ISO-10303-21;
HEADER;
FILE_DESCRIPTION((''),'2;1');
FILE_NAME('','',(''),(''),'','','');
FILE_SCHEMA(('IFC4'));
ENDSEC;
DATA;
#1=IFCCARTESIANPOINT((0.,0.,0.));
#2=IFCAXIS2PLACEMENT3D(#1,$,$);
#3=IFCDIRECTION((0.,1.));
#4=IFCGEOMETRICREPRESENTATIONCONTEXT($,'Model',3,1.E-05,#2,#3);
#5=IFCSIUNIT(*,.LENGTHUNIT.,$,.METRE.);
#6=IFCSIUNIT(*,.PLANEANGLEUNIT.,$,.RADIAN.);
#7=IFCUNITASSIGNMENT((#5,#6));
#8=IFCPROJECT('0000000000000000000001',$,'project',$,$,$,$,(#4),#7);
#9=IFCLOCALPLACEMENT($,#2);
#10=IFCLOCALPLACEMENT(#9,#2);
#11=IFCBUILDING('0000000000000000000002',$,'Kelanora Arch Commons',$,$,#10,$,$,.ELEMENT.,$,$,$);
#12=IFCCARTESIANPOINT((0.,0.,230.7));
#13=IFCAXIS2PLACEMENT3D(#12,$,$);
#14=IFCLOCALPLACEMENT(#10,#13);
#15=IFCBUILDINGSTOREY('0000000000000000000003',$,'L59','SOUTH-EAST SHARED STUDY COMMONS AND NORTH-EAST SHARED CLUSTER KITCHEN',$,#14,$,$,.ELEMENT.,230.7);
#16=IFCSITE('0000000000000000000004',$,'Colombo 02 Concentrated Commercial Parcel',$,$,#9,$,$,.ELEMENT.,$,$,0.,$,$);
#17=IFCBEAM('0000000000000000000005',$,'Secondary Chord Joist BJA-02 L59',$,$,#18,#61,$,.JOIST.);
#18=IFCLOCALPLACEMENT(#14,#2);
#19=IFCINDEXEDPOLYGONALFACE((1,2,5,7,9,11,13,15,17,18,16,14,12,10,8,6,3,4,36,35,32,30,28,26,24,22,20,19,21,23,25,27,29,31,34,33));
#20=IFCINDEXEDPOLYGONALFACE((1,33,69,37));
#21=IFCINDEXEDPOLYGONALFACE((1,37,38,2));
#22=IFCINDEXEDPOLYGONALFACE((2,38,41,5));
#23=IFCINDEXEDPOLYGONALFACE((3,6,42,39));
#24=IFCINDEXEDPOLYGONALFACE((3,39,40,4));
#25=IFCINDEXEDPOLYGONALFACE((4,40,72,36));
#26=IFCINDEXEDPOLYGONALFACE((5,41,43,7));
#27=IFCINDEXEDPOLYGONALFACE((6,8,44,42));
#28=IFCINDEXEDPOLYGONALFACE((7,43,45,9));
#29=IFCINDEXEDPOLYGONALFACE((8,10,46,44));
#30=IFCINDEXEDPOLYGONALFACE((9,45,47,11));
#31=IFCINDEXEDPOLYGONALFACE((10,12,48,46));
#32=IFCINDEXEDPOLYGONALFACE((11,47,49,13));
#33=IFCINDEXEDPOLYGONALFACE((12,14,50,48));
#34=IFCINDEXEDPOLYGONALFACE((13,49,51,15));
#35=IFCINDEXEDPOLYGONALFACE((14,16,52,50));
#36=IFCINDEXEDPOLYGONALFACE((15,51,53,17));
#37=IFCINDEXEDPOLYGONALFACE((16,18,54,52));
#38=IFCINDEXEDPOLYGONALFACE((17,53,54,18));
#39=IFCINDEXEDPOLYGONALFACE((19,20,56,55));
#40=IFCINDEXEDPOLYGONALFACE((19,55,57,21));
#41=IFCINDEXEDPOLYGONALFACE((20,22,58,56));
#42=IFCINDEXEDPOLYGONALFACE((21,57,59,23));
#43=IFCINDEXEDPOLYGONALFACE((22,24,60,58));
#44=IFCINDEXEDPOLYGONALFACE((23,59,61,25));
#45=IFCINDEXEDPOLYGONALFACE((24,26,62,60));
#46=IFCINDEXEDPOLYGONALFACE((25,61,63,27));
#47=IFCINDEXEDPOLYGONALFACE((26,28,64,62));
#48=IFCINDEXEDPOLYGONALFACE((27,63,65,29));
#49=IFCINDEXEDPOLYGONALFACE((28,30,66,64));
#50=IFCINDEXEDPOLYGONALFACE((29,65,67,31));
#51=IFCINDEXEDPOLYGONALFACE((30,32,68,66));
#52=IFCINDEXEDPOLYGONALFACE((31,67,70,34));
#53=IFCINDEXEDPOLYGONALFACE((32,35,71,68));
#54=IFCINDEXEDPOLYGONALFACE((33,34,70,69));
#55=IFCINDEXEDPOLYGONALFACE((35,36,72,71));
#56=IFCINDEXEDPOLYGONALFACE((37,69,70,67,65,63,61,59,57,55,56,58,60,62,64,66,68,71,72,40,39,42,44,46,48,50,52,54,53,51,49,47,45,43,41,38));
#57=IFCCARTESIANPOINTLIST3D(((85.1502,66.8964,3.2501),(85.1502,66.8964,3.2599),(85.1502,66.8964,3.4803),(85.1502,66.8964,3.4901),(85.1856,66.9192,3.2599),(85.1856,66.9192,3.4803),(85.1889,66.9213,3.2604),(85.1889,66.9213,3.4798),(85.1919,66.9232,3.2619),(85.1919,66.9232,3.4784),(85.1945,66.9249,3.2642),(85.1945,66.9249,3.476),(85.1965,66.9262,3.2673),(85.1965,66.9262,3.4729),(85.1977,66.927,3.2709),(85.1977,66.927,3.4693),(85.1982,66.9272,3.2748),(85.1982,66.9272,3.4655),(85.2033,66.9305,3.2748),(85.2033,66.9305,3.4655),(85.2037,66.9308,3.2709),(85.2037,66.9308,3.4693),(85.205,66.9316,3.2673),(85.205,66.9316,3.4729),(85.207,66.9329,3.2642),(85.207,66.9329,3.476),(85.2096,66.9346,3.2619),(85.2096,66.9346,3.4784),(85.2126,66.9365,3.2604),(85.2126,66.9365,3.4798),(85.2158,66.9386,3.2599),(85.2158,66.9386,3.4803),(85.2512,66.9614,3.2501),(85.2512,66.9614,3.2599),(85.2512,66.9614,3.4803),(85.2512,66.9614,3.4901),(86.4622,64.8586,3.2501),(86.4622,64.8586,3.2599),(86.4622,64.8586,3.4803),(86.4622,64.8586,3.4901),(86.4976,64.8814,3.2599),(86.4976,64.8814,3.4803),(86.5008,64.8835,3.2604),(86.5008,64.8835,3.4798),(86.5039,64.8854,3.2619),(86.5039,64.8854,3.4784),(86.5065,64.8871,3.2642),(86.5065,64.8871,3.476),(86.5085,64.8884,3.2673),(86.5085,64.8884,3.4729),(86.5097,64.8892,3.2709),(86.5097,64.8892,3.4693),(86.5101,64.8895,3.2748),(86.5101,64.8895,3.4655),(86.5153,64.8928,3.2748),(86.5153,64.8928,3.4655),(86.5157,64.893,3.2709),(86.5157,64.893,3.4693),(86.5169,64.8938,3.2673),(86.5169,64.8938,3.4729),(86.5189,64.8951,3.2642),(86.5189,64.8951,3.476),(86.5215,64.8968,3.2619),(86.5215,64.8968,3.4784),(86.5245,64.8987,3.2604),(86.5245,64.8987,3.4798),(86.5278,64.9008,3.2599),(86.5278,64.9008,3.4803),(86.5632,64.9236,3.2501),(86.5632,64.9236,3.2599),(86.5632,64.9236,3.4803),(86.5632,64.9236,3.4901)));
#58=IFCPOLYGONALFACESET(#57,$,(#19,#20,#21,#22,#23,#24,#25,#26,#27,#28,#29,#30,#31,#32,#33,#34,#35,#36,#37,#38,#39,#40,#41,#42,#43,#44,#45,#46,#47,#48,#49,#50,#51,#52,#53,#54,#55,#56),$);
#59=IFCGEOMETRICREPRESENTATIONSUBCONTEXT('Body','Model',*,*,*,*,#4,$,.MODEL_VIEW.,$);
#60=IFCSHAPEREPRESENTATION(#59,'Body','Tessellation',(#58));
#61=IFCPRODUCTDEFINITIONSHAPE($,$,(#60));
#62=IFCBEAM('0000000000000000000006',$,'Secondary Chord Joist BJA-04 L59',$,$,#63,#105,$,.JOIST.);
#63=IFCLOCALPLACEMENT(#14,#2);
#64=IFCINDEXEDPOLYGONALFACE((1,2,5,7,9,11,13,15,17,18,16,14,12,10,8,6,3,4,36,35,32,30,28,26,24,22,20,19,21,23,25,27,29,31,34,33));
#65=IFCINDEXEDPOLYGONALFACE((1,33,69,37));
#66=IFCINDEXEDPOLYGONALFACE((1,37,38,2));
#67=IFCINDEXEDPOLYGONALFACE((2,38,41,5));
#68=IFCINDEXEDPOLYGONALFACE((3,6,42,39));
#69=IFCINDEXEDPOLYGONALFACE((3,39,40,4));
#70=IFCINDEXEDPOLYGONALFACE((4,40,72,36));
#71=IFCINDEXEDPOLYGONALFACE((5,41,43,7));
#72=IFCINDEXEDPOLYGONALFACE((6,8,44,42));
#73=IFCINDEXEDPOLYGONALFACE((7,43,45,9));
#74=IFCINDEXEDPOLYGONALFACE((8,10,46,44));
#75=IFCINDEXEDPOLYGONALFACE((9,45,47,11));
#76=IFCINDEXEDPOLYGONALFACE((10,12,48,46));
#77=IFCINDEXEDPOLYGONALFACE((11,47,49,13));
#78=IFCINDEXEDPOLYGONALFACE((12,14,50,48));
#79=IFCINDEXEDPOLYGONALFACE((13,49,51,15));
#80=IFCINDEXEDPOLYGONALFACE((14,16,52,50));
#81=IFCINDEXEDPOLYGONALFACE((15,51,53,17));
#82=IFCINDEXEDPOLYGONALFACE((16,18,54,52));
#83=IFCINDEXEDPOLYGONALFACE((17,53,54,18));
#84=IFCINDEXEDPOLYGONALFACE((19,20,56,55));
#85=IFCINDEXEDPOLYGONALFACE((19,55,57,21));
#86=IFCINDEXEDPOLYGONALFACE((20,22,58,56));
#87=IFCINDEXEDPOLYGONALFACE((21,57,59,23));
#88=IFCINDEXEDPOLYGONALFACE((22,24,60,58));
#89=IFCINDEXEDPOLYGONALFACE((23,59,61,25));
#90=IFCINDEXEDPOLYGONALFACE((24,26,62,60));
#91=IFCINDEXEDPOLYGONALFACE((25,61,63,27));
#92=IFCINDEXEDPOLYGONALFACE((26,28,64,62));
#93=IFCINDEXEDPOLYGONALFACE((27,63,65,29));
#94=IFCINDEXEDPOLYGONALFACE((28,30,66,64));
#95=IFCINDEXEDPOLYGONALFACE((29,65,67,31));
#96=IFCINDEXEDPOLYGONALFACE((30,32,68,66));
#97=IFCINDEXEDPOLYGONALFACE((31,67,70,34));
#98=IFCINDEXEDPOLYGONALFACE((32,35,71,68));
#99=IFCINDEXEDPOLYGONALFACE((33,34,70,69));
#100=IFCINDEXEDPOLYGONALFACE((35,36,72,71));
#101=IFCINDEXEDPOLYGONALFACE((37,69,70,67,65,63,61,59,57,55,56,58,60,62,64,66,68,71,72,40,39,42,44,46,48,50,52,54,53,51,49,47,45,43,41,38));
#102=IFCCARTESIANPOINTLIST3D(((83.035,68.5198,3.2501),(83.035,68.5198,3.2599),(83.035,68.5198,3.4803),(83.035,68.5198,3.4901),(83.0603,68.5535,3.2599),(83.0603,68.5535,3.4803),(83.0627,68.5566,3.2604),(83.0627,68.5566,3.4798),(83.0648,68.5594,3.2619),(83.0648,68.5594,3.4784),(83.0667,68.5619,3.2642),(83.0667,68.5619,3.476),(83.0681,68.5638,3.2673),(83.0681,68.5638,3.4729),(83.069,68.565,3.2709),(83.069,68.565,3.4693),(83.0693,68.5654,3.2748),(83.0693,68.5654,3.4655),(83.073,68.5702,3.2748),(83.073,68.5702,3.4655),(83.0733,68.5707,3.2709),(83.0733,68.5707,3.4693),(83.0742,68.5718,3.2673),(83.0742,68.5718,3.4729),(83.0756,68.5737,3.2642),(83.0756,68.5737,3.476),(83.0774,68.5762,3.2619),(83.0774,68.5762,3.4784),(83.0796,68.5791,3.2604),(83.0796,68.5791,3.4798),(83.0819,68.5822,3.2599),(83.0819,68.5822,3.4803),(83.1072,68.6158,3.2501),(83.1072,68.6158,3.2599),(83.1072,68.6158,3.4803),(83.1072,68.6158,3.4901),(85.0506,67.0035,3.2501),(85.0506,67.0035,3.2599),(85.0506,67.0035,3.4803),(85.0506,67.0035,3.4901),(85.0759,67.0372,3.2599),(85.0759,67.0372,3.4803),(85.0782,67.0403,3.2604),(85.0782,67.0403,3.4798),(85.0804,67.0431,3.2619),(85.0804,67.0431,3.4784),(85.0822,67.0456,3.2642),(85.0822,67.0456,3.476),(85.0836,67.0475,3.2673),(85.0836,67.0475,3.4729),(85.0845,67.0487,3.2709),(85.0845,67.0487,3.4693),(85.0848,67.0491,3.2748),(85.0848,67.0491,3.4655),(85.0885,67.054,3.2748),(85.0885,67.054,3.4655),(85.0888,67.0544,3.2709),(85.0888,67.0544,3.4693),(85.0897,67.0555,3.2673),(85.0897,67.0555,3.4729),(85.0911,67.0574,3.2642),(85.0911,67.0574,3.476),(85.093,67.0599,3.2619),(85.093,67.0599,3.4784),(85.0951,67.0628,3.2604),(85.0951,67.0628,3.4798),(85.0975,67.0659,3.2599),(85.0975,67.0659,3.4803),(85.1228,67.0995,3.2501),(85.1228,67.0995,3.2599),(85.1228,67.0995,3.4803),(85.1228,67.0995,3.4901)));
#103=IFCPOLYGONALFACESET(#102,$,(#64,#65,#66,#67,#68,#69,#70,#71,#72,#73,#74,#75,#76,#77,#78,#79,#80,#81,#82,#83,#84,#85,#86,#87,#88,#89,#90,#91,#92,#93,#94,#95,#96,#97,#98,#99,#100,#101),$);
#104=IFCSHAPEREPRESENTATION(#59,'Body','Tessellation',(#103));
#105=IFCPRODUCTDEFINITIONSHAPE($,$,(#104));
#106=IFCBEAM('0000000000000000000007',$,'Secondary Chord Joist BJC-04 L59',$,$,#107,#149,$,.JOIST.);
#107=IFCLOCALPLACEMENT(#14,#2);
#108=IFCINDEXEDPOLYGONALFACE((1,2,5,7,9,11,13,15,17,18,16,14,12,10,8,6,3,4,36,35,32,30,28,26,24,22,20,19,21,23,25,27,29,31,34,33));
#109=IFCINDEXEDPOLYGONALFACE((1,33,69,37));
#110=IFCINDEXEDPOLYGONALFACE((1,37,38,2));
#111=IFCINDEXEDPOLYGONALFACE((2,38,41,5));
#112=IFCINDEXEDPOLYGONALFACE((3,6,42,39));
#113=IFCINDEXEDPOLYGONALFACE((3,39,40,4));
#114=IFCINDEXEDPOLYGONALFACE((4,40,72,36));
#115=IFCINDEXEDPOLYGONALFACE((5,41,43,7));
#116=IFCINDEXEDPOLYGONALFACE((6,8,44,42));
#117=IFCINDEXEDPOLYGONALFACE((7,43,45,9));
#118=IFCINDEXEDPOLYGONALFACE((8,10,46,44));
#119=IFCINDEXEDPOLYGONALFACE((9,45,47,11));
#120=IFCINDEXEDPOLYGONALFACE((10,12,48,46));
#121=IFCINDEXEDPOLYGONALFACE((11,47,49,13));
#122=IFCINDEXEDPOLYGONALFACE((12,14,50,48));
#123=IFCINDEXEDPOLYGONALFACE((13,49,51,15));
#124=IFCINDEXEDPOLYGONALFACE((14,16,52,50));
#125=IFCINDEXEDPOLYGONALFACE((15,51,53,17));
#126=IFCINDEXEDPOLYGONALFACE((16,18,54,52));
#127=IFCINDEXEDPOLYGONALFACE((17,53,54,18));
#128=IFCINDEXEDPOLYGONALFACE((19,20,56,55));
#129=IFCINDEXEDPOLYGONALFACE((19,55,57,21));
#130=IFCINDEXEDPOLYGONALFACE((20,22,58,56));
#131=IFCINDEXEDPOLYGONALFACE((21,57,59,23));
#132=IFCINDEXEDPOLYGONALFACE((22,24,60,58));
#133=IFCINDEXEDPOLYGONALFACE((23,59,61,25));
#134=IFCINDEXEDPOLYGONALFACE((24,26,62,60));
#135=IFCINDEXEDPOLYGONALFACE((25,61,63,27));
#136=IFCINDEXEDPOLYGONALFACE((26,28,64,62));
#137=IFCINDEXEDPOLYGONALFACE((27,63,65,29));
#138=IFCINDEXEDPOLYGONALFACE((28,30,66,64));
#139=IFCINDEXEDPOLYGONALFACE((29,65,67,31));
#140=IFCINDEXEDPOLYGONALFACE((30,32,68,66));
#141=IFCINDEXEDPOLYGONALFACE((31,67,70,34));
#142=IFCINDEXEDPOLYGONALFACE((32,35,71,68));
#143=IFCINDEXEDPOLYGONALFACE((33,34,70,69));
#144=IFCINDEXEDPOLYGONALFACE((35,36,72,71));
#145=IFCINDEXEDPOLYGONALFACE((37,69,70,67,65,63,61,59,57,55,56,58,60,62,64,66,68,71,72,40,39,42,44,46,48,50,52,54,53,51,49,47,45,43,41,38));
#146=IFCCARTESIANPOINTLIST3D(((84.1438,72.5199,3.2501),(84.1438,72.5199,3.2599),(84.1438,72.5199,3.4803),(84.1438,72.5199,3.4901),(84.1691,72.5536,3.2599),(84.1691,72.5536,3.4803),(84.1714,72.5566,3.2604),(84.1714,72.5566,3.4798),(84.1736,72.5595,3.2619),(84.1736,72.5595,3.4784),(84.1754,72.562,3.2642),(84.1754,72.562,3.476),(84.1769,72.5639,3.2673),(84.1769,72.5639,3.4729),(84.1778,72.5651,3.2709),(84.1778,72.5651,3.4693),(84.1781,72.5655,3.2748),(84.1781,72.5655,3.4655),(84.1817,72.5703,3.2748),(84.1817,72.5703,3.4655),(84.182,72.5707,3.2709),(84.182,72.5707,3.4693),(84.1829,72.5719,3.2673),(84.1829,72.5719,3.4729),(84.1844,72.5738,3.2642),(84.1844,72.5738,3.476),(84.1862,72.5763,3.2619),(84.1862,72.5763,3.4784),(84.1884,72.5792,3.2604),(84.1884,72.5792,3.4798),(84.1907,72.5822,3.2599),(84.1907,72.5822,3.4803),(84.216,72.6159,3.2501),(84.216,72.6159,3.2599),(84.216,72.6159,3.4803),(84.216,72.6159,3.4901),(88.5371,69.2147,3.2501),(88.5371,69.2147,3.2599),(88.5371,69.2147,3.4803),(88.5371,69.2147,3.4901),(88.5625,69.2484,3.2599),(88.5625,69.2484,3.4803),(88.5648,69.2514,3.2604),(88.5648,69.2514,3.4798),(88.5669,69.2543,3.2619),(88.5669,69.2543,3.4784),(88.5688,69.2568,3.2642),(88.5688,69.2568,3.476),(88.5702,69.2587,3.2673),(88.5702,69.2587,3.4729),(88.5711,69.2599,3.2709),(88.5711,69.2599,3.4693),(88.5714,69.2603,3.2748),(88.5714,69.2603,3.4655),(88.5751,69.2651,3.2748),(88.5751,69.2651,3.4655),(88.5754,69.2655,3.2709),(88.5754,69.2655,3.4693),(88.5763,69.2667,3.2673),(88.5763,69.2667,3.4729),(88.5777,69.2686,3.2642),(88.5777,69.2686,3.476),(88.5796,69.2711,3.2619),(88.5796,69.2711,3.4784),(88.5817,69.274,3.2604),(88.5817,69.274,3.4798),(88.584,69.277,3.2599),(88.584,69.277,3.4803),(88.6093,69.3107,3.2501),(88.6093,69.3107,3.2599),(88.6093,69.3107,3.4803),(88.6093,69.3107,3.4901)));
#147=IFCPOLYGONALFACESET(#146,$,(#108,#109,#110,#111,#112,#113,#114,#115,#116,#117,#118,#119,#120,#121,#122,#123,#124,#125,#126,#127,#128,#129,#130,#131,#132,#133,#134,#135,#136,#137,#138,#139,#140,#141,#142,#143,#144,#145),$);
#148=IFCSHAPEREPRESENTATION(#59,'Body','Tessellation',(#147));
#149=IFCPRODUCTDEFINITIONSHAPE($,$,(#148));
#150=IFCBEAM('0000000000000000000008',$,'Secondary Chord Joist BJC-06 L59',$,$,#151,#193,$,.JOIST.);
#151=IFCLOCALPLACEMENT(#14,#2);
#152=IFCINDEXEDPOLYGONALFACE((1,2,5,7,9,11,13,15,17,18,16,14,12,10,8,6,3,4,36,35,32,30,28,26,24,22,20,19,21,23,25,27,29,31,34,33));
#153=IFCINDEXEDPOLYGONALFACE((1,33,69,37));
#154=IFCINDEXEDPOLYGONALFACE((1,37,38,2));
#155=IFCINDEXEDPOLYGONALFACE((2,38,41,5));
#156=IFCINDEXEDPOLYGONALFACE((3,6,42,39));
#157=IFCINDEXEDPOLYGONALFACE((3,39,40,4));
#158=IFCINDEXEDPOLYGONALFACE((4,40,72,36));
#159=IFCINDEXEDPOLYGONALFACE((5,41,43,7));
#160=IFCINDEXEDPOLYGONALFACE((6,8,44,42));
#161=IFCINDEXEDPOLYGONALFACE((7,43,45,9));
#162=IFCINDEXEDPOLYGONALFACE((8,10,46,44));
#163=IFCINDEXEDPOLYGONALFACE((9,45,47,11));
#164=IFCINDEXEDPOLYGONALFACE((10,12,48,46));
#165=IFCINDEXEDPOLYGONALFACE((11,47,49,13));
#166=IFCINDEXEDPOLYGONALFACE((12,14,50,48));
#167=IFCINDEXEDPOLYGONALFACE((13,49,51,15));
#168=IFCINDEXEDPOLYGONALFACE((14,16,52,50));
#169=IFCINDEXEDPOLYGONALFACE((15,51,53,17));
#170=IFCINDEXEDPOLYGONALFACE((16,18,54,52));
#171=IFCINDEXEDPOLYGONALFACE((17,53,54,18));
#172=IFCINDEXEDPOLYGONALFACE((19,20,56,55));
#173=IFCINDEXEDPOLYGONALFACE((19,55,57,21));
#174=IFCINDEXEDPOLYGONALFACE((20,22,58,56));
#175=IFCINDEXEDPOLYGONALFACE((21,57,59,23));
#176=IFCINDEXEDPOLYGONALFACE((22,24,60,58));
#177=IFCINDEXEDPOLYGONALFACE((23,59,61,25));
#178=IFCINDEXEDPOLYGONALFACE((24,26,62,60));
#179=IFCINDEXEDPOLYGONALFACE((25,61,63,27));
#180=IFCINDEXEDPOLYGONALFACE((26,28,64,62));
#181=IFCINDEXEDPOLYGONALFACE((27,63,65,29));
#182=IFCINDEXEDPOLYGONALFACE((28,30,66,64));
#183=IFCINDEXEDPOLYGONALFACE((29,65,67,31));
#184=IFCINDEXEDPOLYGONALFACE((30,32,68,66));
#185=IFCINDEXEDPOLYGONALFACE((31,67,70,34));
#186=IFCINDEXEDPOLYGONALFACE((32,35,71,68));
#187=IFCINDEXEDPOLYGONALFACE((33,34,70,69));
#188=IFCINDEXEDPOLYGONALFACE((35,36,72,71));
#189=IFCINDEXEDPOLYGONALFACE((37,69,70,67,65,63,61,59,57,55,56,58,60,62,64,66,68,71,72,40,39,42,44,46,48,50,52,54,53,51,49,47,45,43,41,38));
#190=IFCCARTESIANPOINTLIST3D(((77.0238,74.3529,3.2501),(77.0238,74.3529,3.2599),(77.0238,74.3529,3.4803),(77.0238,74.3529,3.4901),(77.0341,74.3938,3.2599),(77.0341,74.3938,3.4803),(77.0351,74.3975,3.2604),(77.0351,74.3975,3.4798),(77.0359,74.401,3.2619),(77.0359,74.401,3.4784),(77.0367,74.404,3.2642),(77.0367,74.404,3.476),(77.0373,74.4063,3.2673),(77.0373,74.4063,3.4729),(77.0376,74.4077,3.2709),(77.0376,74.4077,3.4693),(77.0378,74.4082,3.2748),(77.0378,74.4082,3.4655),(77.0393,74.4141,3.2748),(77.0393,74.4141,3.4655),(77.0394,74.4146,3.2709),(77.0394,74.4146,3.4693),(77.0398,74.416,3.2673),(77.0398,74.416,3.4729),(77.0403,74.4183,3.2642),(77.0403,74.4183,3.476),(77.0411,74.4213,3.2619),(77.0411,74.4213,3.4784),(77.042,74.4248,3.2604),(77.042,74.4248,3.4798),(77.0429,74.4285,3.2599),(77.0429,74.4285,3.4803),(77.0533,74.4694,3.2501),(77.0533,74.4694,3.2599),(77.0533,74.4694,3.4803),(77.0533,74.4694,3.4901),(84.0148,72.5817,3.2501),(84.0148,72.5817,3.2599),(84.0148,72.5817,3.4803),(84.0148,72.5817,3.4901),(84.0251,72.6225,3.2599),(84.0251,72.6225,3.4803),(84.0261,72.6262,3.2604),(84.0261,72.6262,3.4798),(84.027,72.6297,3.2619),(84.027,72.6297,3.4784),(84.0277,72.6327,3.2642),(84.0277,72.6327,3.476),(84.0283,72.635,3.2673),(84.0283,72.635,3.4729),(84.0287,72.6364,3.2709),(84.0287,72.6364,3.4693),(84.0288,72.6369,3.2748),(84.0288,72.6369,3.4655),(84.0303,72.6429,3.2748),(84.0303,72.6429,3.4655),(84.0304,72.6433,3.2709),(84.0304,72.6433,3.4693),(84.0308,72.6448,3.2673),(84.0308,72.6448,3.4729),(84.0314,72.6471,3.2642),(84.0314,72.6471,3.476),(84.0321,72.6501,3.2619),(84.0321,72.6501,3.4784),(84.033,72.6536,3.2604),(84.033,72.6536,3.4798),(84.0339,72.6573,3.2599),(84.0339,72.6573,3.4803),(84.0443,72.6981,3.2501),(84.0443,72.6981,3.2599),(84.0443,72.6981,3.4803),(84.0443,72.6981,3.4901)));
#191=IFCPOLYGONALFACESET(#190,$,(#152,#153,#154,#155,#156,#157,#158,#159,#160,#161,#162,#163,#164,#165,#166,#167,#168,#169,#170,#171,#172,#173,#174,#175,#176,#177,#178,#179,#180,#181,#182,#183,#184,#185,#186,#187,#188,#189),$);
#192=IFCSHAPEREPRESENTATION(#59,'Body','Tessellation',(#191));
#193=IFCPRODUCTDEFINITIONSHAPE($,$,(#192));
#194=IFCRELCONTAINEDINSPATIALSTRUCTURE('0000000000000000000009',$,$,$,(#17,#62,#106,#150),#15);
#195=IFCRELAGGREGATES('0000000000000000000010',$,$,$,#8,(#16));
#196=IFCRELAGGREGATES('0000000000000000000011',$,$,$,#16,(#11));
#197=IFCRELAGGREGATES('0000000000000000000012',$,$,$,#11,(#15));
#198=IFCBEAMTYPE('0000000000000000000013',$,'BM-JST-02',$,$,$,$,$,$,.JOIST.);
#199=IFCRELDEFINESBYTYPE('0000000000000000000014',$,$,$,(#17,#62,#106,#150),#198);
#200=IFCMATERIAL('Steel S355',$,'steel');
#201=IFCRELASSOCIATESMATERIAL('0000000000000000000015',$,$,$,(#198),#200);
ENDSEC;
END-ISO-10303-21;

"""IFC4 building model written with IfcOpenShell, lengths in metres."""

from ifc_helpers import new_model, si_unit, direction, frame, origin, origin_2d, place, context, subcontext, project, spatial, i_section, extrude, material, material_profile, profile_set, type_object, element, save


model = new_model("IFC4")

# Units and contexts
model_context = context("Model", 3, precision=1e-05, world=origin(), true_north=direction((0.0, 1.0)))
body_context = subcontext(model_context, "Body", "Model", "MODEL_VIEW")
ifc_project = project(units=[si_unit("LENGTHUNIT", "METRE"), si_unit("PLANEANGLEUNIT", "RADIAN")], contexts=[model_context])

# Site, building, storey
site_placement = place(None, origin())
site = spatial("IfcSite", under=ifc_project, at=site_placement, Name="Colombo 02 Concentrated Commercial Parcel", CompositionType="ELEMENT", RefElevation=0.0)
building_placement = place(site_placement, origin())
building = spatial("IfcBuilding", under=site, at=building_placement, Name="Kelanora Arch Commons", CompositionType="ELEMENT")
storey_placement = place(building_placement, frame((0.0, 0.0, 230.7)))
storey = spatial("IfcBuildingStorey", under=building, at=storey_placement, Name="L59", Description="SOUTH-EAST SHARED STUDY COMMONS AND NORTH-EAST SHARED CLUSTER KITCHEN", CompositionType="ELEMENT", Elevation=230.7)

# Beams
ifc_material_1 = material(Name="Steel S355", Category="steel")
ifc_material_profile_1 = material_profile(ifc_material_1, i_section(OverallWidth=0.1201, OverallDepth=0.24, WebThickness=0.0061, FlangeThickness=0.0098, FilletRadius=0.0149, at=origin_2d()), Name="IPE240")
ifc_profile_set_1 = profile_set([ifc_material_profile_1], Name="Steel S355")
beam_type_1 = type_object("IfcBeamType", Name="BM-JST-02", PredefinedType="JOIST", material=ifc_profile_set_1)
beam_1_placement = place(storey_placement, frame((86.5127, 64.8911, 3.3701), z_axis=(-0.541333, 0.840808, 0.0), x_axis=(-0.840808, -0.541333, 0.0)))
element("IfcBeam", 1, at=beam_1_placement, inside=storey, type_object=beam_type_1, Name="Secondary Chord Joist BJA-02 L59", PredefinedType="JOIST", context=body_context, shape_type="SweptSolid", body=[
    extrude(i_section(OverallWidth=0.1201, OverallDepth=0.24, WebThickness=0.0061, FlangeThickness=0.0098, FilletRadius=0.0149, at=origin_2d()), origin(), (0.0, 0.0, 1.0), 2.4236),
])
beam_2_placement = place(storey_placement, frame((85.0867, 67.0515, 3.3701), z_axis=(-0.799116, 0.601176, 0.0), x_axis=(-0.601176, -0.799116, 0.0)))
element("IfcBeam", 2, at=beam_2_placement, inside=storey, type_object=beam_type_1, Name="Secondary Chord Joist BJA-04 L59", PredefinedType="JOIST", context=body_context, shape_type="SweptSolid", body=[
    extrude(i_section(OverallWidth=0.1201, OverallDepth=0.24, WebThickness=0.0061, FlangeThickness=0.0098, FilletRadius=0.0149, at=origin_2d()), origin(), (0.0, 0.0, 1.0), 2.5222),
])
beam_3_placement = place(storey_placement, frame((88.5732, 69.2627, 3.3701), z_axis=(-0.799109, 0.601186, 0.0), x_axis=(-0.601186, -0.799109, 0.0)))
element("IfcBeam", 3, at=beam_3_placement, inside=storey, type_object=beam_type_1, Name="Secondary Chord Joist BJC-04 L59", PredefinedType="JOIST", context=body_context, shape_type="SweptSolid", body=[
    extrude(i_section(OverallWidth=0.1201, OverallDepth=0.24, WebThickness=0.0061, FlangeThickness=0.0098, FilletRadius=0.0149, at=origin_2d()), origin(), (0.0, 0.0, 1.0), 5.4978),
])
beam_4_placement = place(storey_placement, frame((84.0295, 72.6399, 3.3701), z_axis=(-0.969371, 0.245601, 0.0), x_axis=(-0.245601, -0.969371, 0.0)))
element("IfcBeam", 4, at=beam_4_placement, inside=storey, type_object=beam_type_1, Name="Secondary Chord Joist BJC-06 L59", PredefinedType="JOIST", context=body_context, shape_type="SweptSolid", body=[
    extrude(i_section(OverallWidth=0.1201, OverallDepth=0.24, WebThickness=0.0061, FlangeThickness=0.0098, FilletRadius=0.0149, at=origin_2d()), origin(), (0.0, 0.0, 1.0), 7.2119),
])

save(model, "model.ifc")
